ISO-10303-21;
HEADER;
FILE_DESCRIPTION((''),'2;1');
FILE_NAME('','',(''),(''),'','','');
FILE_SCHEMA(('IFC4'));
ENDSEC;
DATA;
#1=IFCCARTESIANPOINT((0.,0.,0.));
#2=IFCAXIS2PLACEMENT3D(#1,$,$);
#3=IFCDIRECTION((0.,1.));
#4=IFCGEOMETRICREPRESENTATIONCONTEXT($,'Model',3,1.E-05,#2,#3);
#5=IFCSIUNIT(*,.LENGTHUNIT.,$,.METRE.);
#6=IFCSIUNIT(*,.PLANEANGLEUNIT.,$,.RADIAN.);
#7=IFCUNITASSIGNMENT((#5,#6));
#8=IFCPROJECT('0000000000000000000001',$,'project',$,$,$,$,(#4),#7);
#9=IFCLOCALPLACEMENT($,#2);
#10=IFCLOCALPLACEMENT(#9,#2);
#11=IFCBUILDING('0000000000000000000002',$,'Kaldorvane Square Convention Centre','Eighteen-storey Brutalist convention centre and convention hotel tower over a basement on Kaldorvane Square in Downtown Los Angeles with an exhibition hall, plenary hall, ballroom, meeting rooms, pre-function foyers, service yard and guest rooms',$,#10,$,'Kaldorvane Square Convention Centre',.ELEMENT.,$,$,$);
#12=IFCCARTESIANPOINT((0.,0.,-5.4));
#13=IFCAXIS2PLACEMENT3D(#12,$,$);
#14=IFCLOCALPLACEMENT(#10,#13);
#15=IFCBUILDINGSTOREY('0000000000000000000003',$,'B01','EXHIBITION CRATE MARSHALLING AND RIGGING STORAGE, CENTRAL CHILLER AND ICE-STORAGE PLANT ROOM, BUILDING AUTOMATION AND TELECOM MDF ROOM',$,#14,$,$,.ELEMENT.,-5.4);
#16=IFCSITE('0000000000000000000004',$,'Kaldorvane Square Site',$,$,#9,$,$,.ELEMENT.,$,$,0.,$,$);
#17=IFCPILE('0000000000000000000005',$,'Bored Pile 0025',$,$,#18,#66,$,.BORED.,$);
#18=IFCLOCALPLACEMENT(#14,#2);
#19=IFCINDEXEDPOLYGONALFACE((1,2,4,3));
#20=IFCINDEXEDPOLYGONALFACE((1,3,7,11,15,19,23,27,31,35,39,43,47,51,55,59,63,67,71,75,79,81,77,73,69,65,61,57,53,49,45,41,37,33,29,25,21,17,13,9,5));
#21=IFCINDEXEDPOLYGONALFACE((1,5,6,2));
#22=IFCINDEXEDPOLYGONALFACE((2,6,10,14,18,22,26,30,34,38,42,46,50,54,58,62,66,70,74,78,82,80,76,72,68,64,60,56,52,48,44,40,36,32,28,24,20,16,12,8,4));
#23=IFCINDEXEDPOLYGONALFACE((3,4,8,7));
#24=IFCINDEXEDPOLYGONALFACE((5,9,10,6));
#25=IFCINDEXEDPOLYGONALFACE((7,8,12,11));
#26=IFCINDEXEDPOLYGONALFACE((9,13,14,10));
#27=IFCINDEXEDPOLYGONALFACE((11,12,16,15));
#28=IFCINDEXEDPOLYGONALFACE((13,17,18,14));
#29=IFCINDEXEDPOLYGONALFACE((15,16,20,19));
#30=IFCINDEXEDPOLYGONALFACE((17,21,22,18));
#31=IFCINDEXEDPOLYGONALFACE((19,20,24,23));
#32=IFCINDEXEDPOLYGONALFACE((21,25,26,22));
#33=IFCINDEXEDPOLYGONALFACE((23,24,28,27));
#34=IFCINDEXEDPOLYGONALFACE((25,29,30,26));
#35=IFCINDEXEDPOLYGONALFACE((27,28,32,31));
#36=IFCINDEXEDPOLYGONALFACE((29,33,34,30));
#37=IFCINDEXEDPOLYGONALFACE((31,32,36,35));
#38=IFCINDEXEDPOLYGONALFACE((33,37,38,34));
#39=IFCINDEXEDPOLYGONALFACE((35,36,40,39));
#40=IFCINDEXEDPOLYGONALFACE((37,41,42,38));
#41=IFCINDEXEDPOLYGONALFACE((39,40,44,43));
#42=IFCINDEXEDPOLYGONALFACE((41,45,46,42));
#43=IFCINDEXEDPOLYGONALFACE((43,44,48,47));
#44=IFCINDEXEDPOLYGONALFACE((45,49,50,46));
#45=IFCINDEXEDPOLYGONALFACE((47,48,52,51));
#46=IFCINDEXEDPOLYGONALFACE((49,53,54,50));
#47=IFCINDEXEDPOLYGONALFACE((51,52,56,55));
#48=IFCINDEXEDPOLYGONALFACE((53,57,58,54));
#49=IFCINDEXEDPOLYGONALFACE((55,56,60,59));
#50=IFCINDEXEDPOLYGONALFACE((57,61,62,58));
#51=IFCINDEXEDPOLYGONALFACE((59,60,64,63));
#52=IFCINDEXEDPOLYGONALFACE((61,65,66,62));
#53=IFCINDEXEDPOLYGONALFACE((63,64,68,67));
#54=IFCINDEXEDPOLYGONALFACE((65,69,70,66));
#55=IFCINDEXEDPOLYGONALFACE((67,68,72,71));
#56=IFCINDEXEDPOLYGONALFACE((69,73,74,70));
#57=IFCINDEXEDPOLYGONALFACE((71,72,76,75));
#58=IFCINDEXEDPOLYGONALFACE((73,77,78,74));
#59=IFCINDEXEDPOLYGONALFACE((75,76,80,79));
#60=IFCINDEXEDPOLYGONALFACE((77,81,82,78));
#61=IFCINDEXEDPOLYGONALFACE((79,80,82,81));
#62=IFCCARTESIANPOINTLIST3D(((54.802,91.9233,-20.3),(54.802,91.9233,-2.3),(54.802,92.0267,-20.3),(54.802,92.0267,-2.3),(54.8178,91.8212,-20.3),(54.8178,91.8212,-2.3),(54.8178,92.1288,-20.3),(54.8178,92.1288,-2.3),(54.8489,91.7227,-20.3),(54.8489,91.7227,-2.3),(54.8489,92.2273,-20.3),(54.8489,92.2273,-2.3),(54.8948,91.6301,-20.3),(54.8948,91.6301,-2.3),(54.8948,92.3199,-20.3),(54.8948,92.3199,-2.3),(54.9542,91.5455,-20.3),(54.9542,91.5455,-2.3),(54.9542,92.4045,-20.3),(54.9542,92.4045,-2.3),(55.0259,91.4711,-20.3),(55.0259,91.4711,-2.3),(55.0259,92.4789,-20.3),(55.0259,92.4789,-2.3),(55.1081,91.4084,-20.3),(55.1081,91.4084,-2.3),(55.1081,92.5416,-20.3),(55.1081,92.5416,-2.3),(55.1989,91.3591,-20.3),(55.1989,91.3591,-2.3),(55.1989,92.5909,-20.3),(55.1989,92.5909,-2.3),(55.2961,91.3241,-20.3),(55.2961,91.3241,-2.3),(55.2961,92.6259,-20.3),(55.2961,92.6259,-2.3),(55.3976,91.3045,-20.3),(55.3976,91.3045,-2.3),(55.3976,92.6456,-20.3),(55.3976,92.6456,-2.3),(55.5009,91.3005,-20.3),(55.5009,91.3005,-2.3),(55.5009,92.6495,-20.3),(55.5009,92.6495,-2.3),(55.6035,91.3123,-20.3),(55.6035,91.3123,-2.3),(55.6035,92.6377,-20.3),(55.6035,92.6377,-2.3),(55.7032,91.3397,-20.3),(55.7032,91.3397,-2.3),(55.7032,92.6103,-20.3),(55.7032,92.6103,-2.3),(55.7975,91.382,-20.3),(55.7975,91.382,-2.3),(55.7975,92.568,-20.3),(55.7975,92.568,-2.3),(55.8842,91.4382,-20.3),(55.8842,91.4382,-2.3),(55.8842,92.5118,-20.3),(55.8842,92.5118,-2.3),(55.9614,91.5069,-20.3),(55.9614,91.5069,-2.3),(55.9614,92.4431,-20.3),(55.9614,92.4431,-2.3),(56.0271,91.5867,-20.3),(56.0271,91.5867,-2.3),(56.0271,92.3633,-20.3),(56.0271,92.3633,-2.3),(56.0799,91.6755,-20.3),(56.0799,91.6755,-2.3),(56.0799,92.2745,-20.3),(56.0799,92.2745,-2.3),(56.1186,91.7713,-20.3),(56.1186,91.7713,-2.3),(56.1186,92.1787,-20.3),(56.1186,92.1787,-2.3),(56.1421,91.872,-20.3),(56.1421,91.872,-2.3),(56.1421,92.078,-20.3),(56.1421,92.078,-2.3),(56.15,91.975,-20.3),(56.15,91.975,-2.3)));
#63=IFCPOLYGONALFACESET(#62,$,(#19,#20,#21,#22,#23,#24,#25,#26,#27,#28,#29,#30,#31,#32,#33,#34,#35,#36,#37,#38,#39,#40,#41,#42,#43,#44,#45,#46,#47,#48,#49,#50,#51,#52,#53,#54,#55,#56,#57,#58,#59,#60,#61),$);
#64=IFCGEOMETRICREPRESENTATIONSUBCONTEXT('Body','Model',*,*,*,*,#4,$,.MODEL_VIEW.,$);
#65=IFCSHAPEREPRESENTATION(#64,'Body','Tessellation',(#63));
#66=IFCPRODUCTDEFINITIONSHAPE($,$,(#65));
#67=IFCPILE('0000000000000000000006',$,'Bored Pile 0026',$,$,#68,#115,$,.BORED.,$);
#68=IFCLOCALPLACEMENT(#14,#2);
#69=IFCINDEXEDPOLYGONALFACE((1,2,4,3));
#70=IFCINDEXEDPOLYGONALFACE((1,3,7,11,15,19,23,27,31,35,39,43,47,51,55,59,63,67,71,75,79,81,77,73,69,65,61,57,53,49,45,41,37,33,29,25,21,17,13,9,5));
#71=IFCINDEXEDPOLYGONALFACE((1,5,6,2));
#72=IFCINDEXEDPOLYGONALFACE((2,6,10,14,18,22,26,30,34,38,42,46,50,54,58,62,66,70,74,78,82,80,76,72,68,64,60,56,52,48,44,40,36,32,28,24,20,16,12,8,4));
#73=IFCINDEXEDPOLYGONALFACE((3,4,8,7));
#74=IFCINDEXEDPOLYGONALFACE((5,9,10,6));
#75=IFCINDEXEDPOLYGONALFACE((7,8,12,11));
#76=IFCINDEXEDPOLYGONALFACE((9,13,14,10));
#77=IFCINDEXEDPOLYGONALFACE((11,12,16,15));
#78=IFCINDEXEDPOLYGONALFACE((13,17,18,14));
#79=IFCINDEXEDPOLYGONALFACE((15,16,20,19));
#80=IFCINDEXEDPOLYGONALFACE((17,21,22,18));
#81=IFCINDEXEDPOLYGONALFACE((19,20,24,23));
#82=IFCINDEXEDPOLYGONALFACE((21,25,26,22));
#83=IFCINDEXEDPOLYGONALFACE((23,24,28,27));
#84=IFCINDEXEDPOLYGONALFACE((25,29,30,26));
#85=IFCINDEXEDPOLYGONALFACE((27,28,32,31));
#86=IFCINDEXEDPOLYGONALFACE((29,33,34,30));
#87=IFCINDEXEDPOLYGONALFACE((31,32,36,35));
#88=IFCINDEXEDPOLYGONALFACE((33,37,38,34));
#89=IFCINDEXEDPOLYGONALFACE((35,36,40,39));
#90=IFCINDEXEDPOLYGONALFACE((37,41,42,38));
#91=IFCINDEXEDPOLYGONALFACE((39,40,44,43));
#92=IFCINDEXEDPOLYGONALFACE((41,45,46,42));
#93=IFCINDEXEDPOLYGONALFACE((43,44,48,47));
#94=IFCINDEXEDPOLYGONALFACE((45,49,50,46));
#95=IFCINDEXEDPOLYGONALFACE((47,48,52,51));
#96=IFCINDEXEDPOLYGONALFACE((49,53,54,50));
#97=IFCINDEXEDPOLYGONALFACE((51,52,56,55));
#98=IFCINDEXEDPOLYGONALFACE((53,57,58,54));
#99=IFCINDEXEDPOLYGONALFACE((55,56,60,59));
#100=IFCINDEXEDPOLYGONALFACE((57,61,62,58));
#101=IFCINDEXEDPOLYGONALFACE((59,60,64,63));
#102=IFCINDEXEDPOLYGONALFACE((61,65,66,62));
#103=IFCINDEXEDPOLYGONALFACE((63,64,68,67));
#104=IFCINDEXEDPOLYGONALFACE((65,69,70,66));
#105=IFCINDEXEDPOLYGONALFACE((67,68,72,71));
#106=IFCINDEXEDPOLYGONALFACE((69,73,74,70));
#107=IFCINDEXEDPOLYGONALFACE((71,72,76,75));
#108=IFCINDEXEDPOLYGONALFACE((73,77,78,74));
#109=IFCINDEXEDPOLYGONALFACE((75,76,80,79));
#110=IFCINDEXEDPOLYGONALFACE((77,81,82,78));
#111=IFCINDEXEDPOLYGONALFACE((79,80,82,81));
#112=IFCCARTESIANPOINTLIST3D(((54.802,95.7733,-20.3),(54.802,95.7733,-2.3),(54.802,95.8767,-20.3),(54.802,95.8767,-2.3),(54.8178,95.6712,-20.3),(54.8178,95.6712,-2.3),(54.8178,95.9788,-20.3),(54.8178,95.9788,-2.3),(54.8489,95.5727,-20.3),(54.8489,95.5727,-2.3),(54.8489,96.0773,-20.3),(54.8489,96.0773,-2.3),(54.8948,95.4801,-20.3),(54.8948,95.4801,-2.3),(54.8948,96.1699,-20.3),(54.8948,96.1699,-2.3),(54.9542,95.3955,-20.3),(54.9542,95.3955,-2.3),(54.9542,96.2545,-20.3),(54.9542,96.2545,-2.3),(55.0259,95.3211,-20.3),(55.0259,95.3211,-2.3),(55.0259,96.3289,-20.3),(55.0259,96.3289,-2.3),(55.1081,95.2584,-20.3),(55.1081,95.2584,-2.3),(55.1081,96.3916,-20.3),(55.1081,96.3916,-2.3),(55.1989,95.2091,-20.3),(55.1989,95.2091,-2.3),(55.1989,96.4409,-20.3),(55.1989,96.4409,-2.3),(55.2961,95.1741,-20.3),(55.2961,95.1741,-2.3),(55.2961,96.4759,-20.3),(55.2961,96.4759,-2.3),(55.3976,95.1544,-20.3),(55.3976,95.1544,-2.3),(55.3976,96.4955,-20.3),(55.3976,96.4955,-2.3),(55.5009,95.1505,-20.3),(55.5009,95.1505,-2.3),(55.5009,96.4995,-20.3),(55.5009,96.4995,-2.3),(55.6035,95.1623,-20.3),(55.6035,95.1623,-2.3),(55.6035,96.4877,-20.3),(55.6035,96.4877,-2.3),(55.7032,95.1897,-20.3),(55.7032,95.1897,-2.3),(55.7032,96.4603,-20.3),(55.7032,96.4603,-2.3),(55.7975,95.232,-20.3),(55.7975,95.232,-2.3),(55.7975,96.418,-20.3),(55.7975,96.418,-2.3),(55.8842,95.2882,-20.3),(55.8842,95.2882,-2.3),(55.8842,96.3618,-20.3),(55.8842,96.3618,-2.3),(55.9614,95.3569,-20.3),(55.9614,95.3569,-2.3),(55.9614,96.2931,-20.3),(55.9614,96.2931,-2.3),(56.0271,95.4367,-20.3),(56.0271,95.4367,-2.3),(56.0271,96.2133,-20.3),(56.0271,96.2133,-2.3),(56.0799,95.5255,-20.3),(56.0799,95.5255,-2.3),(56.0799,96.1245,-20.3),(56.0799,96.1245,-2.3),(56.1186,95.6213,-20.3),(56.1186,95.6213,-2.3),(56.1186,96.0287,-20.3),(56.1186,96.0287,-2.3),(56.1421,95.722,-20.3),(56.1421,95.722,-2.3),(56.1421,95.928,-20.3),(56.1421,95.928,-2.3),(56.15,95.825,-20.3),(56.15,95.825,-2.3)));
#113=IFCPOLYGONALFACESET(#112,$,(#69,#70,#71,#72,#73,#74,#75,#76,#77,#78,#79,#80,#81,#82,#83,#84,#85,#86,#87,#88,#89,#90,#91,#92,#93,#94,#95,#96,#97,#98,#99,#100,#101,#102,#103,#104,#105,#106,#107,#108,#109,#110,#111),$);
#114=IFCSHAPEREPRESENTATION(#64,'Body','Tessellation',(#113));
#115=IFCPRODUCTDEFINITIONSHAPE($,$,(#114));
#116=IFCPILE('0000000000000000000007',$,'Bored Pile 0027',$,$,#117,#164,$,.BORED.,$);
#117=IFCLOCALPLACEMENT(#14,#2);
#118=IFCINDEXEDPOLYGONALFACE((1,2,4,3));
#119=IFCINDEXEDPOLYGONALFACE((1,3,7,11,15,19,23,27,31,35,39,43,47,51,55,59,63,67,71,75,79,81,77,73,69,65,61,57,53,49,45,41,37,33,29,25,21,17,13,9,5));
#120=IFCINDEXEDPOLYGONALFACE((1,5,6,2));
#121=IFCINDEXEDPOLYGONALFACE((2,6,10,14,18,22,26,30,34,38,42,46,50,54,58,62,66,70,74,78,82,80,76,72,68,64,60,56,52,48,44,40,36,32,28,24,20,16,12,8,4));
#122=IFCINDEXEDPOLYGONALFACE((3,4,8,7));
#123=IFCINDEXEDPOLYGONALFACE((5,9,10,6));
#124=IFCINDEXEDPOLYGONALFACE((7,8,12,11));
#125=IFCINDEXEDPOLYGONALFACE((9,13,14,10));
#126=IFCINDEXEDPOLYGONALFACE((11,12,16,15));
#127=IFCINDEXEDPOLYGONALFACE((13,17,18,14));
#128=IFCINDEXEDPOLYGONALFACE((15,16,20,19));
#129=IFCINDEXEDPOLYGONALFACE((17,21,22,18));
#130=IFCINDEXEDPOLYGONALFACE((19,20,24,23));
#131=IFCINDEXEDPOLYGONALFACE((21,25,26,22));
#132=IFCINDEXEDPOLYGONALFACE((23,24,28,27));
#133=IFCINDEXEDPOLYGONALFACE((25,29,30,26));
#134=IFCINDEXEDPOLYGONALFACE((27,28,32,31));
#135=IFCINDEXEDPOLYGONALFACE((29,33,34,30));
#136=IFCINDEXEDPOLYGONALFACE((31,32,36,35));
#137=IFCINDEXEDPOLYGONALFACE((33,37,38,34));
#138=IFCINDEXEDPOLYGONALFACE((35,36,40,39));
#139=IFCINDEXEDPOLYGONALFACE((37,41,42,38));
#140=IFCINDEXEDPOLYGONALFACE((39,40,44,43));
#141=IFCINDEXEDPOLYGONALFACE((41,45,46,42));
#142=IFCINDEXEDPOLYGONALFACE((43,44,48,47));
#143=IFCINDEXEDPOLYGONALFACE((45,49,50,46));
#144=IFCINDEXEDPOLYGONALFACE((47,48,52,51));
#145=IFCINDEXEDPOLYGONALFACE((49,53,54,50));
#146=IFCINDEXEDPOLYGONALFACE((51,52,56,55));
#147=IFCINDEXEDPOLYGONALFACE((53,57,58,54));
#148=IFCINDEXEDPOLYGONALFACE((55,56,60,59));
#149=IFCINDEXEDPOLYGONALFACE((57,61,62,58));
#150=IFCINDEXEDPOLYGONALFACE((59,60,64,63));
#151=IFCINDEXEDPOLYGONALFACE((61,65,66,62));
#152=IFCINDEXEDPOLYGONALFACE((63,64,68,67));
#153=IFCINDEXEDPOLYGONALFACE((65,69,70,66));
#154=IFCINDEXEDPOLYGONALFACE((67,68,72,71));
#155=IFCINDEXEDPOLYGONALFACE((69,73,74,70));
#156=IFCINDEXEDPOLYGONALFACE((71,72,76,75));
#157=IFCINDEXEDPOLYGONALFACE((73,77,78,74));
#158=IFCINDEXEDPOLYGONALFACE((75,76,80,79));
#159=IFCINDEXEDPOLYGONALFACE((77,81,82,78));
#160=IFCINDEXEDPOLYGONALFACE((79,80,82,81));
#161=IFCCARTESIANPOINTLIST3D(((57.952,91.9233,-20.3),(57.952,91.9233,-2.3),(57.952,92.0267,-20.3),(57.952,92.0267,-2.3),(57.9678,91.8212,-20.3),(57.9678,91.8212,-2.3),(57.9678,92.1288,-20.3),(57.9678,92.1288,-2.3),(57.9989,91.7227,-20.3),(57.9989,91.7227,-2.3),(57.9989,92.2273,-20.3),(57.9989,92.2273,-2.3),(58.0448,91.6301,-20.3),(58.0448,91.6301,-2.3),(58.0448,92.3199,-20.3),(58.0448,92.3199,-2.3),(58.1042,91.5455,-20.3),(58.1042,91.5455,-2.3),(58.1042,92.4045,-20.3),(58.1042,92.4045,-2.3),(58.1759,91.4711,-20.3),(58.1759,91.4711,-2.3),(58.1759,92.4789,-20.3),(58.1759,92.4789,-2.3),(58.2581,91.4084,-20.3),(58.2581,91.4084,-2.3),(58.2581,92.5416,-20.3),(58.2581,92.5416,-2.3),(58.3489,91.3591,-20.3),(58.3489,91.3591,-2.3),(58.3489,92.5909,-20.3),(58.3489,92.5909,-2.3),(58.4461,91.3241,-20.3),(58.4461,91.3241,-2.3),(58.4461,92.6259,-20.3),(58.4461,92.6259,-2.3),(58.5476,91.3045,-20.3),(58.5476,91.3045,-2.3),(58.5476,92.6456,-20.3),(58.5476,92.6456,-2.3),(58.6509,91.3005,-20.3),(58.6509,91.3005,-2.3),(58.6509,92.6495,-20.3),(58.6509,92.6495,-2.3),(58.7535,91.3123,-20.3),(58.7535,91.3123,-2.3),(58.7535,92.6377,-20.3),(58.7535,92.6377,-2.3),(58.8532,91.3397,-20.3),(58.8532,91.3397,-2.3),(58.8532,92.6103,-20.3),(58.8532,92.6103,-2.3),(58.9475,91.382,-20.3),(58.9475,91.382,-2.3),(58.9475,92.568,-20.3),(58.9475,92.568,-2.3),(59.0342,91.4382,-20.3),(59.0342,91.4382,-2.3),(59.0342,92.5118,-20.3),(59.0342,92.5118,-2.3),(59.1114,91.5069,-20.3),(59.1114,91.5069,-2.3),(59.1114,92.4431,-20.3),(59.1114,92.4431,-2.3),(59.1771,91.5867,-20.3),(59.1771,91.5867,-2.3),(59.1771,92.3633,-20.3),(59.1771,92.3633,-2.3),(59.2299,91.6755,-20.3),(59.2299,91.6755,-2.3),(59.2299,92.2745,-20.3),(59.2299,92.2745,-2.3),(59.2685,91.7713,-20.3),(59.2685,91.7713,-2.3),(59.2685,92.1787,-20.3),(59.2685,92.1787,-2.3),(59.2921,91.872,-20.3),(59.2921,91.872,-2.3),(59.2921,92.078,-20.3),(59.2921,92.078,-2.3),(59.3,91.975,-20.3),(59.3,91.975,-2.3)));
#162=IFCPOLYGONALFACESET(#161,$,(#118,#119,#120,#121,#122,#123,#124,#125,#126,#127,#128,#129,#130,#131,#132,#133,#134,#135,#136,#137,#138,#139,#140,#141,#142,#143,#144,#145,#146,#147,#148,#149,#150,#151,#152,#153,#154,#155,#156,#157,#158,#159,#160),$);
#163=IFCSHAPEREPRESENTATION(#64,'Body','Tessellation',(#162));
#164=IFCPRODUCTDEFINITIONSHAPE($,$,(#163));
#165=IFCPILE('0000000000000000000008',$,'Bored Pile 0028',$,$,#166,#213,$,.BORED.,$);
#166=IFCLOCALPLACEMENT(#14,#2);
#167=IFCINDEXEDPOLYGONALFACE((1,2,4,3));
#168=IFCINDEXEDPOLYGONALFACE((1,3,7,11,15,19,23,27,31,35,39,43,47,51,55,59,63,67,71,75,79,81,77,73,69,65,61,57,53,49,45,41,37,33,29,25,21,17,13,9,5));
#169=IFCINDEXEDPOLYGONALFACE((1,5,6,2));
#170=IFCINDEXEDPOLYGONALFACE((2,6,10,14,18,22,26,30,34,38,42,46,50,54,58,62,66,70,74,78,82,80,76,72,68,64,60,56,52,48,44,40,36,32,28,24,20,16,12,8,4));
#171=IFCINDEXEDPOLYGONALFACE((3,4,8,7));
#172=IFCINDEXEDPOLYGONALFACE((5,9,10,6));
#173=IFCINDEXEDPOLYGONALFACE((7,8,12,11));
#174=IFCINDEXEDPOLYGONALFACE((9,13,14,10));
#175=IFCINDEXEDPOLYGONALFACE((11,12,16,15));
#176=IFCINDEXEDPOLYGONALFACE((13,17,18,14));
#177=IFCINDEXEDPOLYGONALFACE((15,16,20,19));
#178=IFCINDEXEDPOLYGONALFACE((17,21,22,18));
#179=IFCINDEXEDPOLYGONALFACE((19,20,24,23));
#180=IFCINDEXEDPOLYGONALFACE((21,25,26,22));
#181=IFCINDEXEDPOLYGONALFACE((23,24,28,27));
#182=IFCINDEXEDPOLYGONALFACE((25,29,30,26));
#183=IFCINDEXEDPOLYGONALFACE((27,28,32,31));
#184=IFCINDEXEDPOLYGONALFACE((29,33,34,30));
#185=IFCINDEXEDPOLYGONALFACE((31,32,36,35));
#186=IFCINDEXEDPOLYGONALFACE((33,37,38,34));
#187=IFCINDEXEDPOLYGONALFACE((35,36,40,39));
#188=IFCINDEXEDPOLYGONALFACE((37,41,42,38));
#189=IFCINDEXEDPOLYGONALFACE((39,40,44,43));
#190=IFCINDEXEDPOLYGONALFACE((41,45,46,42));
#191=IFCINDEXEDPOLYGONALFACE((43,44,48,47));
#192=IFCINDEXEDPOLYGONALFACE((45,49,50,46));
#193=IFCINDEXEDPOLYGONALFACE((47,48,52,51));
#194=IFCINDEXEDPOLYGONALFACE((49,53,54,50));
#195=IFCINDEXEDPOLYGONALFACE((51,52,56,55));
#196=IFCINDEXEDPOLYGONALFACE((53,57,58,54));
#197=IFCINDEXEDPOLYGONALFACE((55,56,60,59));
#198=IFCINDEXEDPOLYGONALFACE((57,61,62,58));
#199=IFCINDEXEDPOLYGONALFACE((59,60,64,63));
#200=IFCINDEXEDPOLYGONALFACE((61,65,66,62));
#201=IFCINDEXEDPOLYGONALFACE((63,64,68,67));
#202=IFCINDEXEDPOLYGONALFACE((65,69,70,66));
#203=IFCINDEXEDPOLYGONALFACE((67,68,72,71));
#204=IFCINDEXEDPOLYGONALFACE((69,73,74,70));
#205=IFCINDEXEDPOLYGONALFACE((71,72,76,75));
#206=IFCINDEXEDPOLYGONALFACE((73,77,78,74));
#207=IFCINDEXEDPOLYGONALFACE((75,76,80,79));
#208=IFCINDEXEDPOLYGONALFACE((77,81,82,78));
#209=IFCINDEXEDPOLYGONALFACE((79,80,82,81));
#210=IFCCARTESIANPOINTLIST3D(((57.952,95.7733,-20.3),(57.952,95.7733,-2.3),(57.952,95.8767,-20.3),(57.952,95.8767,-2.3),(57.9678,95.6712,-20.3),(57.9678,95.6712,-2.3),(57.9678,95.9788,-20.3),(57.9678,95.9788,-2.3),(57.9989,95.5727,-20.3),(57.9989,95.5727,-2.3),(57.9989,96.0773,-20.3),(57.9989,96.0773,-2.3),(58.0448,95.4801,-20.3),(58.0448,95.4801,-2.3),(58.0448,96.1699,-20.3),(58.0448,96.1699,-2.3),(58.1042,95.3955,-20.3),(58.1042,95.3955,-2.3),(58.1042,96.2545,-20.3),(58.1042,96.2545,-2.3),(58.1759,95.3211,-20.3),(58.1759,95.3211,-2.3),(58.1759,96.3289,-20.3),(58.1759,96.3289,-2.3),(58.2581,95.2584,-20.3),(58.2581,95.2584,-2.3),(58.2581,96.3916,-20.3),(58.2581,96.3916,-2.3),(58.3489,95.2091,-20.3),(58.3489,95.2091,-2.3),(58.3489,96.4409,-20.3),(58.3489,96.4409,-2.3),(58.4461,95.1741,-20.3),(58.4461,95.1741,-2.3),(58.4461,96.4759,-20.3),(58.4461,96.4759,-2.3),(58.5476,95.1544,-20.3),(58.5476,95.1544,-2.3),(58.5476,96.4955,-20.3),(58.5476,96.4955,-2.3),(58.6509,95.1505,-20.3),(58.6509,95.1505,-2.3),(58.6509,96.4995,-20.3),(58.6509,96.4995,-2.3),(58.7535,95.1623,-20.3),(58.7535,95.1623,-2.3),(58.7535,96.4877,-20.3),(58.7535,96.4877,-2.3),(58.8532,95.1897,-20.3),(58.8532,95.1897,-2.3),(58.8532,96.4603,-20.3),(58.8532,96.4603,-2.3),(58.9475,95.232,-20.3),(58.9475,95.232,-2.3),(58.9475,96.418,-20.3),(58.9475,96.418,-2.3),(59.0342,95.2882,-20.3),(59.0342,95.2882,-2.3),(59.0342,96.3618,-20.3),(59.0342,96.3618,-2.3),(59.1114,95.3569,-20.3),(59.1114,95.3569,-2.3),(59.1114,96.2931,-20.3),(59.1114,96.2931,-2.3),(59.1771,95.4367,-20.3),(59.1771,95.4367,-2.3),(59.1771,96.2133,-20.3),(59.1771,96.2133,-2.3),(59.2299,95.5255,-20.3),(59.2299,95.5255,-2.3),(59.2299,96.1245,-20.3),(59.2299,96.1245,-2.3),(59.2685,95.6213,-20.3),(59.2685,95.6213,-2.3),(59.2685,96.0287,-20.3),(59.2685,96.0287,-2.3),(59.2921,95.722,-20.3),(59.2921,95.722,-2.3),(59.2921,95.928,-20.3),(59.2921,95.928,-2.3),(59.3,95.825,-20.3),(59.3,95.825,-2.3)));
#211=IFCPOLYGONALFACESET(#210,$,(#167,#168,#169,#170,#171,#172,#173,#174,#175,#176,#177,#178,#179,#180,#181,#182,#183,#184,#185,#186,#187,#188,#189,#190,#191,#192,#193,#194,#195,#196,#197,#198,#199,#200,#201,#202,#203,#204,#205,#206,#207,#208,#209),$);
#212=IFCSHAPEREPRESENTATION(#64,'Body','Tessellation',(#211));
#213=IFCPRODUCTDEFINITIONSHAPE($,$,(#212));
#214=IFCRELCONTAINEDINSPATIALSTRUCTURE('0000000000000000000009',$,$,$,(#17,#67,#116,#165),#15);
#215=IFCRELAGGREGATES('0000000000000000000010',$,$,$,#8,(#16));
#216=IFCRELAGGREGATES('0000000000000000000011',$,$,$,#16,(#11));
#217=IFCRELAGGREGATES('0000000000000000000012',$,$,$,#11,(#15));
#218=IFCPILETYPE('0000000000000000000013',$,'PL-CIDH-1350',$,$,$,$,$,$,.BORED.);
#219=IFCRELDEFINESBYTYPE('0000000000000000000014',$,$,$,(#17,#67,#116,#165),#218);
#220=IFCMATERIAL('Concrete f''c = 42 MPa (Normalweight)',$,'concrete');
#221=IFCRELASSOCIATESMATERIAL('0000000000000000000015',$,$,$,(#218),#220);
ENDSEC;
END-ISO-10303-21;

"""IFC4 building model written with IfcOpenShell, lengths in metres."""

from ifc_helpers import new_model, si_unit, direction, frame, origin, origin_2d, place, context, subcontext, project, spatial, circle, extrude, material, material_profile, profile_set, type_object, element, save


model = new_model("IFC4")

# Units and contexts
model_context = context("Model", 3, precision=1e-05, world=origin(), true_north=direction((0.0, 1.0)))
body_context = subcontext(model_context, "Body", "Model", "MODEL_VIEW")
ifc_project = project(units=[si_unit("LENGTHUNIT", "METRE"), si_unit("PLANEANGLEUNIT", "RADIAN")], contexts=[model_context])

# Site, building, storey
site_placement = place(None, origin())
site = spatial("IfcSite", under=ifc_project, at=site_placement, Name="Kaldorvane Square Site", CompositionType="ELEMENT", RefElevation=0.0)
building_placement = place(site_placement, origin())
building = spatial("IfcBuilding", under=site, at=building_placement, Name="Kaldorvane Square Convention Centre", Description="Eighteen-storey Brutalist convention centre and convention hotel tower over a basement on Kaldorvane Square in Downtown Los Angeles with an exhibition hall, plenary hall, ballroom, meeting rooms, pre-function foyers, service yard and guest rooms", LongName="Kaldorvane Square Convention Centre", CompositionType="ELEMENT")
storey_placement = place(building_placement, frame((0.0, 0.0, -5.4)))
storey = spatial("IfcBuildingStorey", under=building, at=storey_placement, Name="B01", Description="EXHIBITION CRATE MARSHALLING AND RIGGING STORAGE, CENTRAL CHILLER AND ICE-STORAGE PLANT ROOM, BUILDING AUTOMATION AND TELECOM MDF ROOM", CompositionType="ELEMENT", Elevation=-5.4)

# Piles
ifc_material_1 = material(Name="Concrete f'c = 42 MPa (Normalweight)", Category="concrete")
ifc_material_profile_1 = material_profile(ifc_material_1, circle(Radius=0.675, at=origin_2d()), Name="PILE-D1350")
ifc_profile_set_1 = profile_set([ifc_material_profile_1], Name="Concrete f'c = 42 MPa (Normalweight)")
pile_type_1 = type_object("IfcPileType", Name="PL-CIDH-1350", PredefinedType="BORED", material=ifc_profile_set_1)
for number, where, z_axis, x_axis, name in (
    (1, (55.475, 91.975, -2.3), (0.0, 0.0, -1.0), (1.0, 0.0, 0.0), "Bored Pile 0025"),
    (2, (55.475, 95.825, -2.3), (0.0, 0.0, -1.0), (1.0, 0.0, 0.0), "Bored Pile 0026"),
    (3, (58.625, 91.975, -2.3), (0.0, 0.0, -1.0), (1.0, 0.0, 0.0), "Bored Pile 0027"),
    (4, (58.625, 95.825, -2.3), (0.0, 0.0, -1.0), (1.0, 0.0, 0.0), "Bored Pile 0028"),
):
    element("IfcPile", number, at=place(storey_placement, frame(where, z_axis=z_axis, x_axis=x_axis)), inside=storey, type_object=pile_type_1, Name=name, PredefinedType="BORED", context=body_context, shape_type="SweptSolid", body=[
        extrude(circle(Radius=0.675, at=origin_2d()), origin(), (0.0, 0.0, 1.0), 18.0),
    ])

save(model, "model.ifc")
